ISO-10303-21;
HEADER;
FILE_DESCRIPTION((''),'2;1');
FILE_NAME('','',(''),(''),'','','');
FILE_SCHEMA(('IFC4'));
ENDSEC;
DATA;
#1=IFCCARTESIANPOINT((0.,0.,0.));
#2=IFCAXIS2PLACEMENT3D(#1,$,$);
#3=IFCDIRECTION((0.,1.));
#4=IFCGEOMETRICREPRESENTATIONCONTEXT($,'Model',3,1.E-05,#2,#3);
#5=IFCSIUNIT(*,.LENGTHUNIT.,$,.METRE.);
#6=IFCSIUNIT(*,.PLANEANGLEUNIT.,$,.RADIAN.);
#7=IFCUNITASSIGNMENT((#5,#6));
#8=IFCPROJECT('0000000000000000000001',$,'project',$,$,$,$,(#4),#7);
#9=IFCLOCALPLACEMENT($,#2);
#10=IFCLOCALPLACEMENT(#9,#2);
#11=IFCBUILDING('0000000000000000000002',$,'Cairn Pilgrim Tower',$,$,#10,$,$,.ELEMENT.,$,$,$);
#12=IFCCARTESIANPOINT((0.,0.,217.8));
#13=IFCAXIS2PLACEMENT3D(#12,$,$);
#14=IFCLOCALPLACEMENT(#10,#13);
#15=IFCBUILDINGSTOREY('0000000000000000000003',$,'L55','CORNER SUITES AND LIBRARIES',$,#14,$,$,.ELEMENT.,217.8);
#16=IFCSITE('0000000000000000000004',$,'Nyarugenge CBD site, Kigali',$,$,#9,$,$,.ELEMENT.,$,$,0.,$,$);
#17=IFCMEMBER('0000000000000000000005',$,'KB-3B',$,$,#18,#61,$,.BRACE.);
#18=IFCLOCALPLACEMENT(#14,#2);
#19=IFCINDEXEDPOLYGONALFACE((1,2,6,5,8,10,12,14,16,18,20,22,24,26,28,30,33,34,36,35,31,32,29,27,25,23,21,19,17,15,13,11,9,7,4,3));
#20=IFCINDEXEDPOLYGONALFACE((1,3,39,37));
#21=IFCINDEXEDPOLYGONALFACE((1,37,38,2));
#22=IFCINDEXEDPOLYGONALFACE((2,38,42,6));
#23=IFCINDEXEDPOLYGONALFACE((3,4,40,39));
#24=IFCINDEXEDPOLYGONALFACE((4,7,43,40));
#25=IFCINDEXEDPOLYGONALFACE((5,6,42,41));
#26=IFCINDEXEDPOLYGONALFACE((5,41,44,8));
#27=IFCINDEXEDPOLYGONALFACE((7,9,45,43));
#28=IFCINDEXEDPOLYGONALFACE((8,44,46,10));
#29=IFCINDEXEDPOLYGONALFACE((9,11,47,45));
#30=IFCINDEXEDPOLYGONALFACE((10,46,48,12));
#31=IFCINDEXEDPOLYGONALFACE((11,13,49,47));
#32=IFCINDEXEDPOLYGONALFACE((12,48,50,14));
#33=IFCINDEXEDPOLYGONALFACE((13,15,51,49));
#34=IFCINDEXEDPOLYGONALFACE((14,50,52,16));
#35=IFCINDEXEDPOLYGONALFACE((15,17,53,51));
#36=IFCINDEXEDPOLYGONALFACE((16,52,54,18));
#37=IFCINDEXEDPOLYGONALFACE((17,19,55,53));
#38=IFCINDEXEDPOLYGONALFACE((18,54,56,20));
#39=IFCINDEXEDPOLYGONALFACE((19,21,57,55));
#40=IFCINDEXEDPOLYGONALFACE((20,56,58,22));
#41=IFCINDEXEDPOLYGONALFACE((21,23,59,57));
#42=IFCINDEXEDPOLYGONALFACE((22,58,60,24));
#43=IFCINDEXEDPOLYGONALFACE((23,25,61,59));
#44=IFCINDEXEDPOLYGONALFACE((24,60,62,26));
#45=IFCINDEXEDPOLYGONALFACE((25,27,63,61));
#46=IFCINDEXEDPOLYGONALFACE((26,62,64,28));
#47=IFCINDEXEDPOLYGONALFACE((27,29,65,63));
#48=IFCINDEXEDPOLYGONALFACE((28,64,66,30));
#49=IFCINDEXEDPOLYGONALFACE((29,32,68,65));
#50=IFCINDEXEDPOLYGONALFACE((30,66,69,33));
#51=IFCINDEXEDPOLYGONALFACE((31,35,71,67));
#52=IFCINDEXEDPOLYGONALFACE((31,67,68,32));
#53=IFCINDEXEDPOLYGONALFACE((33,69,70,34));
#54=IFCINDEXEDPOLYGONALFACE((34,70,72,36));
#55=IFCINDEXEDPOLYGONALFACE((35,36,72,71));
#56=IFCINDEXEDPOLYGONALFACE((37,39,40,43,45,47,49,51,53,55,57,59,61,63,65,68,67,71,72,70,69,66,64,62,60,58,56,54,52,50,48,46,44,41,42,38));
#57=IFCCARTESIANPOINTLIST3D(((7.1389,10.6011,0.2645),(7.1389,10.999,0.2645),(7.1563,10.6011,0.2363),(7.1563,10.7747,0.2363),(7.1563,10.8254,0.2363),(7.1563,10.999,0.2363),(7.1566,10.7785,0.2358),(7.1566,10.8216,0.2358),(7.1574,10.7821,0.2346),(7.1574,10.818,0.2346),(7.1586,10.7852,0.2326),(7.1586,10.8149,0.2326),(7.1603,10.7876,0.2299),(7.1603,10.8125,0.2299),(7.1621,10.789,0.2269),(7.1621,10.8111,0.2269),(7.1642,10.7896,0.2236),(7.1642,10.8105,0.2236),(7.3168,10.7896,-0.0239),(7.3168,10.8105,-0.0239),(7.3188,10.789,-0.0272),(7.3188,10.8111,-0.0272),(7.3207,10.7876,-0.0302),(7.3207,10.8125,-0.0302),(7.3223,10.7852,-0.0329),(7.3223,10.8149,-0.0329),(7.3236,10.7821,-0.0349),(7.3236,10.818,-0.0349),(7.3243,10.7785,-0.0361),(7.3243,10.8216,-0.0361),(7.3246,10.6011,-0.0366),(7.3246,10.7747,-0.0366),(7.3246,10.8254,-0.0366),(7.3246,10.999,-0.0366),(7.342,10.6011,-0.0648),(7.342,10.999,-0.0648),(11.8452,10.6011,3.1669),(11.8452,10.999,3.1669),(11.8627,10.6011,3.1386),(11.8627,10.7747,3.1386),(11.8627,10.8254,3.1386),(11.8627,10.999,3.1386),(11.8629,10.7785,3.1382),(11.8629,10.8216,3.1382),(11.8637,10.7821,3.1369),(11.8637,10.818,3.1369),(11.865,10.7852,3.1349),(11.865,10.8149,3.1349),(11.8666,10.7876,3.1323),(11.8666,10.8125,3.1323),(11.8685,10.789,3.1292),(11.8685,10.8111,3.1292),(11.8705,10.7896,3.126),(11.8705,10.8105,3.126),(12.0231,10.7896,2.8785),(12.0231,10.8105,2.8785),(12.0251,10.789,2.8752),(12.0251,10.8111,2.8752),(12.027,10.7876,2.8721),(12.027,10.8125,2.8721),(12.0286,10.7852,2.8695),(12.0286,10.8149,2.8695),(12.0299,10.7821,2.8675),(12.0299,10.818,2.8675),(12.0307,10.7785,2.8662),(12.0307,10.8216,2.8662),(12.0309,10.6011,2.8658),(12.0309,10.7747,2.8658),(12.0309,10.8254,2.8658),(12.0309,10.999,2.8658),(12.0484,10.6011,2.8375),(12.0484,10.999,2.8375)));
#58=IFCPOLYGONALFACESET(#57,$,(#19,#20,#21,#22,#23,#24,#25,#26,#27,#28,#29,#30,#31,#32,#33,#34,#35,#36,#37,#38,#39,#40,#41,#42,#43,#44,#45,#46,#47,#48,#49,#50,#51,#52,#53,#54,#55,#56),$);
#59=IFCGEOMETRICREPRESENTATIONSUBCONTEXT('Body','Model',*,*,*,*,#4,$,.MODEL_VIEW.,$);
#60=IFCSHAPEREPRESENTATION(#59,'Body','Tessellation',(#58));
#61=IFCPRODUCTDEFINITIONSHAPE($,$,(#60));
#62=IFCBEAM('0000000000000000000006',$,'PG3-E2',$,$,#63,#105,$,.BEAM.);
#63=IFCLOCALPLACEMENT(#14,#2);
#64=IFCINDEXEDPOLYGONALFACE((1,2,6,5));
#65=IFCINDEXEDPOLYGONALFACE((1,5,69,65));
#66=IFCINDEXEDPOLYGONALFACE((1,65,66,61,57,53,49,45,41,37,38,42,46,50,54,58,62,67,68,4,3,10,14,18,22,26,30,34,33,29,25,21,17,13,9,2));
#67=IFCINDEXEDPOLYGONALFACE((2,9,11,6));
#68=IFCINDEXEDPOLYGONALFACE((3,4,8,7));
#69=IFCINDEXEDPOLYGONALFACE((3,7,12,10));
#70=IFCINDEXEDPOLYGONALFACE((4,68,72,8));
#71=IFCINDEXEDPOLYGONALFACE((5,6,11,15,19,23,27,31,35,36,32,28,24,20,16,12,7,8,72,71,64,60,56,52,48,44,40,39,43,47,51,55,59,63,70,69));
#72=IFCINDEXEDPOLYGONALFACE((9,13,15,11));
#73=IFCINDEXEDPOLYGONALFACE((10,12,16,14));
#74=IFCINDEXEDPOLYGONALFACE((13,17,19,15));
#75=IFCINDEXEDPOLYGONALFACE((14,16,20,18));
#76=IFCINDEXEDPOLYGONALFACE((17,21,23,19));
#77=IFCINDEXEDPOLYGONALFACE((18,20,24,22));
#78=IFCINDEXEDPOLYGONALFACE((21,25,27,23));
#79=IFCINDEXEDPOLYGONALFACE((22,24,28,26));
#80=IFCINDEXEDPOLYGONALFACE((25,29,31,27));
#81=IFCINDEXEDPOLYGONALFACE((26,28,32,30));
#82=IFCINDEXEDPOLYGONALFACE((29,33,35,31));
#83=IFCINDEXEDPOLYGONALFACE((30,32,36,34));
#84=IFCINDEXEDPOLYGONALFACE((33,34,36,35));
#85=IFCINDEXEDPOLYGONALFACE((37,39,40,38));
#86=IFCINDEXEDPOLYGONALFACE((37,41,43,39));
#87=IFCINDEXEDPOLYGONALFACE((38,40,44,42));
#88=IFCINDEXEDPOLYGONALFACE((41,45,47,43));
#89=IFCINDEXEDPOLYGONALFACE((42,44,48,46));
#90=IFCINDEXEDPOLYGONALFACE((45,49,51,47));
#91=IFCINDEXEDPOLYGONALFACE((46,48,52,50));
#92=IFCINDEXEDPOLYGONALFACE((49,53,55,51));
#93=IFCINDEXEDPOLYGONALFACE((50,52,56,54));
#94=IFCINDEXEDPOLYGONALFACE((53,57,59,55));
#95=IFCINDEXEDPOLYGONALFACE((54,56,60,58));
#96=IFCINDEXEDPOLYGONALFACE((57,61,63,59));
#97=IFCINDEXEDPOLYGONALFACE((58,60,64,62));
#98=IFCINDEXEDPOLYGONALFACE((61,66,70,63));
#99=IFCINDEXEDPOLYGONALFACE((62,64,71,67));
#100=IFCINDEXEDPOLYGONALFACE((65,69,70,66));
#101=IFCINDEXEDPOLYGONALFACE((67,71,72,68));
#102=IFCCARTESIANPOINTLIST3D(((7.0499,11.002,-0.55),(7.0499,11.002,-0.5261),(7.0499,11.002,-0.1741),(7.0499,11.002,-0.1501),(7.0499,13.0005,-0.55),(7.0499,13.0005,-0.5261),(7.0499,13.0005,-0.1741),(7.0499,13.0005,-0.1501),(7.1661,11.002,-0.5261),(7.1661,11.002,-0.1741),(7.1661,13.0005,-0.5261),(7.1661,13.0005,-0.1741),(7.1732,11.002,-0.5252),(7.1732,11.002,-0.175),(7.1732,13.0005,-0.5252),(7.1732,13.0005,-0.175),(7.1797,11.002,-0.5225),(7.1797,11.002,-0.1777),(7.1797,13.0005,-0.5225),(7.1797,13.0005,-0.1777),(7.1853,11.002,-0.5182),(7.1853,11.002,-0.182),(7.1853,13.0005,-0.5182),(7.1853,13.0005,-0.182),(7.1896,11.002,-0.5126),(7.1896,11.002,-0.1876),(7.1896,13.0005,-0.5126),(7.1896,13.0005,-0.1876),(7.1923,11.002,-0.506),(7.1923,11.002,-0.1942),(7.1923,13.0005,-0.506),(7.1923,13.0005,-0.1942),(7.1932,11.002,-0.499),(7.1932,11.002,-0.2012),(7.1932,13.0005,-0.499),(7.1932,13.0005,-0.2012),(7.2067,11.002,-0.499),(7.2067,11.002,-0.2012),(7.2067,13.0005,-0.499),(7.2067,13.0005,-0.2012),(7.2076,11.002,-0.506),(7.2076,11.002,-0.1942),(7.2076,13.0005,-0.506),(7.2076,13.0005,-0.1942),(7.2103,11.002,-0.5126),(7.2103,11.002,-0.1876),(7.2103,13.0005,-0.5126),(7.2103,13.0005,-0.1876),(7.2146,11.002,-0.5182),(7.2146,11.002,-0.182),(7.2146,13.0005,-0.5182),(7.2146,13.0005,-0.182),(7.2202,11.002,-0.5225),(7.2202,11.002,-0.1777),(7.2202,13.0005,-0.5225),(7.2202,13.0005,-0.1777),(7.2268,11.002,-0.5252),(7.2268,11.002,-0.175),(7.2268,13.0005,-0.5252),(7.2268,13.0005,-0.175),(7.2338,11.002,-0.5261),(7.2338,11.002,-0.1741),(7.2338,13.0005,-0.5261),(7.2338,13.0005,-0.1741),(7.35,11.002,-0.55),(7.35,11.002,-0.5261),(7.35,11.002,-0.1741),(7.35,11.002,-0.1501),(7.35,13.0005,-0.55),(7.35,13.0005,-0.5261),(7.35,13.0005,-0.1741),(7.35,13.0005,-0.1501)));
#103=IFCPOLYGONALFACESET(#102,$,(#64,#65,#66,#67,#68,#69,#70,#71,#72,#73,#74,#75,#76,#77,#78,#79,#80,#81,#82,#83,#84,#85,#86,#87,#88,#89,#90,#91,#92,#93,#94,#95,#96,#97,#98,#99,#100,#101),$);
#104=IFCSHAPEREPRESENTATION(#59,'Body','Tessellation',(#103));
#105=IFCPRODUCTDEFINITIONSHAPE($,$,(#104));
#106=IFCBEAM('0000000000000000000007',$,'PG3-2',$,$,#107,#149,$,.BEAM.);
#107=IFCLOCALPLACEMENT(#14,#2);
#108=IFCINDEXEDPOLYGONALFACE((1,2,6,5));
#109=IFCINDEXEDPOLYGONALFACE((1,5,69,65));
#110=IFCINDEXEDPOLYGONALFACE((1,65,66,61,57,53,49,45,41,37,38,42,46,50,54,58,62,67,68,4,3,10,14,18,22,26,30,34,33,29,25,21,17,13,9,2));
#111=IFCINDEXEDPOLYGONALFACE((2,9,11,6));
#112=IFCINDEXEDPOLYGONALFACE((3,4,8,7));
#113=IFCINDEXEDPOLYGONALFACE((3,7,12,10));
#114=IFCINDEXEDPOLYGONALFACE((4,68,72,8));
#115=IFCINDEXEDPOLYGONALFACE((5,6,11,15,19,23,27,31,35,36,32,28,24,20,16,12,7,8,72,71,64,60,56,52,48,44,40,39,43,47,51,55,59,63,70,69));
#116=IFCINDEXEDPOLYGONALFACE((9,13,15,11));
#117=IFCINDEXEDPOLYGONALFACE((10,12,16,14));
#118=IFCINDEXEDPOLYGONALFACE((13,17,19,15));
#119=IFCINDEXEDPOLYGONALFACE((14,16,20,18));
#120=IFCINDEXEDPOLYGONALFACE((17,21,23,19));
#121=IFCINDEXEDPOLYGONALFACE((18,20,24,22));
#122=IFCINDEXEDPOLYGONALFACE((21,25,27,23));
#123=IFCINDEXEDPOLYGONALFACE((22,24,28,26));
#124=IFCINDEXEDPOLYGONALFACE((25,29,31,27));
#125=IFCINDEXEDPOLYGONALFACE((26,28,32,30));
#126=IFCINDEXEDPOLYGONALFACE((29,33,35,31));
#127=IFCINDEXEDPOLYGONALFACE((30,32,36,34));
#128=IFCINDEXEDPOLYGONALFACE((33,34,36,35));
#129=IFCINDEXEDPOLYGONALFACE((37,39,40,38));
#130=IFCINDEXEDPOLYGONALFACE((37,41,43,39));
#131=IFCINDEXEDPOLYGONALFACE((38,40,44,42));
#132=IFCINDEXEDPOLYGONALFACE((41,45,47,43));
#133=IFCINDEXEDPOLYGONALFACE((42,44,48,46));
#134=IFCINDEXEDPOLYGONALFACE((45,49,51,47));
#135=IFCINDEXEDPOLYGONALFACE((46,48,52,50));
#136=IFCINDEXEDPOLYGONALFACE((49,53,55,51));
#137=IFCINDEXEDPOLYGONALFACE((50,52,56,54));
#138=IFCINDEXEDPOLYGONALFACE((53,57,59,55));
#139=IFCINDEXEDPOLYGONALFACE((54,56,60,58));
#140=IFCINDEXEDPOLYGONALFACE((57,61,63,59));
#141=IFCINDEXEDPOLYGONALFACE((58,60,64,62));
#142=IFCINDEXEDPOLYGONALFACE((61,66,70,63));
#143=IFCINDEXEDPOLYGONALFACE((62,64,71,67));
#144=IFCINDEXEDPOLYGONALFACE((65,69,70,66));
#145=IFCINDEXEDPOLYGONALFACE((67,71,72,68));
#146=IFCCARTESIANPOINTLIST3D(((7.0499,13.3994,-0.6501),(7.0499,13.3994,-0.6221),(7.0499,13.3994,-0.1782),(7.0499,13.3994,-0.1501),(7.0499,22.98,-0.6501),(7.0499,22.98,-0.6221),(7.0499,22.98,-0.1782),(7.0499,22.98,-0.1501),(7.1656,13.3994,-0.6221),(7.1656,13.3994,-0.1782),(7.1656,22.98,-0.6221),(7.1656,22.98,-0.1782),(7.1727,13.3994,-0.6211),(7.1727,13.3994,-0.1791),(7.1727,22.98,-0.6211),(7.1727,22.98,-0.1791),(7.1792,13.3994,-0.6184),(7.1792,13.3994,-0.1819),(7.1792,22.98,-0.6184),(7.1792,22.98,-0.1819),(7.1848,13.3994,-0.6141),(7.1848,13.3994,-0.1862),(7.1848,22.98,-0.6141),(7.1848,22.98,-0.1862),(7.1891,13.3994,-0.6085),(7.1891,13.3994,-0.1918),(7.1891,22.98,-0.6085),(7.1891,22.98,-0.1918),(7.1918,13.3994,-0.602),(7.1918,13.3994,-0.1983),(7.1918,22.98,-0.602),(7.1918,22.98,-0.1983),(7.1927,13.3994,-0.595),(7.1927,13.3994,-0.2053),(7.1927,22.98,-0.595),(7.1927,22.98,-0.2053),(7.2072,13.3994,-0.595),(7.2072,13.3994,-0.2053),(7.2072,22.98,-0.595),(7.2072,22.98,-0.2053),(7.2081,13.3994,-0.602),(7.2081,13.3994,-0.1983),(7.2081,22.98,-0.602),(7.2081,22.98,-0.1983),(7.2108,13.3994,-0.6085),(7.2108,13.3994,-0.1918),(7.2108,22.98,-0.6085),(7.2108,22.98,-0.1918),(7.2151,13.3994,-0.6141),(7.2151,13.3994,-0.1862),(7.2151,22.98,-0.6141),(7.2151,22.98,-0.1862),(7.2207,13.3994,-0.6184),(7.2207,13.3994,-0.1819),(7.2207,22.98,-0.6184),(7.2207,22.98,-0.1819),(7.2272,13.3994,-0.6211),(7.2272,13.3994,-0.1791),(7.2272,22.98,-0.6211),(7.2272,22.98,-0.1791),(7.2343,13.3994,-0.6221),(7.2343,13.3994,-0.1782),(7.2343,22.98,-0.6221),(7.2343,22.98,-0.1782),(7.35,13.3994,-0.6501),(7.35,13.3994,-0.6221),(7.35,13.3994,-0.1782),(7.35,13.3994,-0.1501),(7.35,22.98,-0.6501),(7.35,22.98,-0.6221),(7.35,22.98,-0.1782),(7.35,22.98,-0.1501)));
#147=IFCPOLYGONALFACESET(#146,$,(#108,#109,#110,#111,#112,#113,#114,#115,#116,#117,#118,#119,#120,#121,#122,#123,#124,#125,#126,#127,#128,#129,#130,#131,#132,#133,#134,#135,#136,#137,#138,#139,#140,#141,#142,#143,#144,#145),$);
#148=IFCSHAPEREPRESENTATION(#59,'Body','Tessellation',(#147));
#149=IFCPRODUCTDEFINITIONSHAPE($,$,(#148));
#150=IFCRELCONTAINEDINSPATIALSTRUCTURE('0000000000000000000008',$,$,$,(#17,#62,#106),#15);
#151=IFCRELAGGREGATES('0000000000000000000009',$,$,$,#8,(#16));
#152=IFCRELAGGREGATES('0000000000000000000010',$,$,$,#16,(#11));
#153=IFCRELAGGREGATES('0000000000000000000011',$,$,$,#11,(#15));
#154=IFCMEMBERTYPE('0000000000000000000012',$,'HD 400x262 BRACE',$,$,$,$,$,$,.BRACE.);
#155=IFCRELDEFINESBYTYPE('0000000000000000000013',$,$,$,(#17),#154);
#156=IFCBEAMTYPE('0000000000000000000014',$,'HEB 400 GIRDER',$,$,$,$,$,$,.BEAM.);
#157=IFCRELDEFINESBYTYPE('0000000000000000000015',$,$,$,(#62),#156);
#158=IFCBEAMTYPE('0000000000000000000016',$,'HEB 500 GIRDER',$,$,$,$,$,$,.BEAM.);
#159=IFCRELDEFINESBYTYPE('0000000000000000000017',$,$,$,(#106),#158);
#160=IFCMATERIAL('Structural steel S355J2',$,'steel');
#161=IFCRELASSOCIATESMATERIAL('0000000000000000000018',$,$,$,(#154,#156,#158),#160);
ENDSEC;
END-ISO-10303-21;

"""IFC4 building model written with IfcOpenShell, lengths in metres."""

from ifc_helpers import new_model, si_unit, direction, frame, origin, origin_2d, place, context, subcontext, project, spatial, i_section, extrude, material, material_profile, profile_set, type_object, element, save


model = new_model("IFC4")

# Units and contexts
model_context = context("Model", 3, precision=1e-05, world=origin(), true_north=direction((0.0, 1.0)))
body_context = subcontext(model_context, "Body", "Model", "MODEL_VIEW")
ifc_project = project(units=[si_unit("LENGTHUNIT", "METRE"), si_unit("PLANEANGLEUNIT", "RADIAN")], contexts=[model_context])

# Site, building, storey
site_placement = place(None, origin())
site = spatial("IfcSite", under=ifc_project, at=site_placement, Name="Nyarugenge CBD site, Kigali", CompositionType="ELEMENT", RefElevation=0.0)
building_placement = place(site_placement, origin())
building = spatial("IfcBuilding", under=site, at=building_placement, Name="Cairn Pilgrim Tower", CompositionType="ELEMENT")
storey_placement = place(building_placement, frame((0.0, 0.0, 217.8)))
storey = spatial("IfcBuildingStorey", under=building, at=storey_placement, Name="L55", Description="CORNER SUITES AND LIBRARIES", CompositionType="ELEMENT", Elevation=217.8)

# Shared definitions
ifc_material_1 = material(Name="Structural steel S355J2", Category="steel")

# Member
ifc_material_profile_1 = material_profile(ifc_material_1, i_section(OverallWidth=0.3979, OverallDepth=0.387, WebThickness=0.021, FlangeThickness=0.0332, FilletRadius=0.0149, at=origin_2d()), Name="HD 400x262")
ifc_profile_set_1 = profile_set([ifc_material_profile_1], Name="Structural steel S355J2")
member_type_1 = type_object("IfcMemberType", Name="HD 400x262 BRACE", PredefinedType="BRACE", material=ifc_profile_set_1)
member_1_placement = place(storey_placement, frame((7.2405, 10.8, 0.0999), z_axis=(0.851161, 0.0, 0.524905), x_axis=(0.0, 1.0, 0.0)))
element("IfcMember", 1, at=member_1_placement, inside=storey, type_object=member_type_1, Name="KB-3B", PredefinedType="BRACE", context=body_context, shape_type="SweptSolid", body=[
    extrude(i_section(OverallWidth=0.3979, OverallDepth=0.387, WebThickness=0.021, FlangeThickness=0.0332, FilletRadius=0.0149, at=origin_2d()), origin(), (0.0, 0.0, 1.0), 5.5293),
])

# Beams
ifc_material_profile_2 = material_profile(ifc_material_1, i_section(OverallWidth=0.3, OverallDepth=0.3999, WebThickness=0.0134, FlangeThickness=0.0239, FilletRadius=0.0271, at=origin_2d()), Name="HEB 400")
ifc_profile_set_2 = profile_set([ifc_material_profile_2], Name="Structural steel S355J2")
beam_type_1 = type_object("IfcBeamType", Name="HEB 400 GIRDER", PredefinedType="BEAM", material=ifc_profile_set_2)
beam_1_placement = place(storey_placement, frame((7.2, 11.002, -0.3501), z_axis=(0.0, 1.0, 0.0), x_axis=(-1.0, 0.0, 0.0)))
element("IfcBeam", 2, at=beam_1_placement, inside=storey, type_object=beam_type_1, Name="PG3-E2", PredefinedType="BEAM", context=body_context, shape_type="SweptSolid", body=[
    extrude(i_section(OverallWidth=0.3, OverallDepth=0.3999, WebThickness=0.0134, FlangeThickness=0.0239, FilletRadius=0.0271, at=origin_2d()), origin(), (0.0, 0.0, 1.0), 1.9985),
])
ifc_material_profile_3 = material_profile(ifc_material_1, i_section(OverallWidth=0.3, OverallDepth=0.5, WebThickness=0.0144, FlangeThickness=0.0281, FilletRadius=0.0271, at=origin_2d()), Name="HEB 500")
ifc_profile_set_3 = profile_set([ifc_material_profile_3], Name="Structural steel S355J2")
beam_type_2 = type_object("IfcBeamType", Name="HEB 500 GIRDER", PredefinedType="BEAM", material=ifc_profile_set_3)
beam_2_placement = place(storey_placement, frame((7.2, 13.3994, -0.4001), z_axis=(0.0, 1.0, 0.0), x_axis=(-1.0, 0.0, 0.0)))
element("IfcBeam", 3, at=beam_2_placement, inside=storey, type_object=beam_type_2, Name="PG3-2", PredefinedType="BEAM", context=body_context, shape_type="SweptSolid", body=[
    extrude(i_section(OverallWidth=0.3, OverallDepth=0.5, WebThickness=0.0144, FlangeThickness=0.0281, FilletRadius=0.0271, at=origin_2d()), origin(), (0.0, 0.0, 1.0), 9.5806),
])

save(model, "model.ifc")
